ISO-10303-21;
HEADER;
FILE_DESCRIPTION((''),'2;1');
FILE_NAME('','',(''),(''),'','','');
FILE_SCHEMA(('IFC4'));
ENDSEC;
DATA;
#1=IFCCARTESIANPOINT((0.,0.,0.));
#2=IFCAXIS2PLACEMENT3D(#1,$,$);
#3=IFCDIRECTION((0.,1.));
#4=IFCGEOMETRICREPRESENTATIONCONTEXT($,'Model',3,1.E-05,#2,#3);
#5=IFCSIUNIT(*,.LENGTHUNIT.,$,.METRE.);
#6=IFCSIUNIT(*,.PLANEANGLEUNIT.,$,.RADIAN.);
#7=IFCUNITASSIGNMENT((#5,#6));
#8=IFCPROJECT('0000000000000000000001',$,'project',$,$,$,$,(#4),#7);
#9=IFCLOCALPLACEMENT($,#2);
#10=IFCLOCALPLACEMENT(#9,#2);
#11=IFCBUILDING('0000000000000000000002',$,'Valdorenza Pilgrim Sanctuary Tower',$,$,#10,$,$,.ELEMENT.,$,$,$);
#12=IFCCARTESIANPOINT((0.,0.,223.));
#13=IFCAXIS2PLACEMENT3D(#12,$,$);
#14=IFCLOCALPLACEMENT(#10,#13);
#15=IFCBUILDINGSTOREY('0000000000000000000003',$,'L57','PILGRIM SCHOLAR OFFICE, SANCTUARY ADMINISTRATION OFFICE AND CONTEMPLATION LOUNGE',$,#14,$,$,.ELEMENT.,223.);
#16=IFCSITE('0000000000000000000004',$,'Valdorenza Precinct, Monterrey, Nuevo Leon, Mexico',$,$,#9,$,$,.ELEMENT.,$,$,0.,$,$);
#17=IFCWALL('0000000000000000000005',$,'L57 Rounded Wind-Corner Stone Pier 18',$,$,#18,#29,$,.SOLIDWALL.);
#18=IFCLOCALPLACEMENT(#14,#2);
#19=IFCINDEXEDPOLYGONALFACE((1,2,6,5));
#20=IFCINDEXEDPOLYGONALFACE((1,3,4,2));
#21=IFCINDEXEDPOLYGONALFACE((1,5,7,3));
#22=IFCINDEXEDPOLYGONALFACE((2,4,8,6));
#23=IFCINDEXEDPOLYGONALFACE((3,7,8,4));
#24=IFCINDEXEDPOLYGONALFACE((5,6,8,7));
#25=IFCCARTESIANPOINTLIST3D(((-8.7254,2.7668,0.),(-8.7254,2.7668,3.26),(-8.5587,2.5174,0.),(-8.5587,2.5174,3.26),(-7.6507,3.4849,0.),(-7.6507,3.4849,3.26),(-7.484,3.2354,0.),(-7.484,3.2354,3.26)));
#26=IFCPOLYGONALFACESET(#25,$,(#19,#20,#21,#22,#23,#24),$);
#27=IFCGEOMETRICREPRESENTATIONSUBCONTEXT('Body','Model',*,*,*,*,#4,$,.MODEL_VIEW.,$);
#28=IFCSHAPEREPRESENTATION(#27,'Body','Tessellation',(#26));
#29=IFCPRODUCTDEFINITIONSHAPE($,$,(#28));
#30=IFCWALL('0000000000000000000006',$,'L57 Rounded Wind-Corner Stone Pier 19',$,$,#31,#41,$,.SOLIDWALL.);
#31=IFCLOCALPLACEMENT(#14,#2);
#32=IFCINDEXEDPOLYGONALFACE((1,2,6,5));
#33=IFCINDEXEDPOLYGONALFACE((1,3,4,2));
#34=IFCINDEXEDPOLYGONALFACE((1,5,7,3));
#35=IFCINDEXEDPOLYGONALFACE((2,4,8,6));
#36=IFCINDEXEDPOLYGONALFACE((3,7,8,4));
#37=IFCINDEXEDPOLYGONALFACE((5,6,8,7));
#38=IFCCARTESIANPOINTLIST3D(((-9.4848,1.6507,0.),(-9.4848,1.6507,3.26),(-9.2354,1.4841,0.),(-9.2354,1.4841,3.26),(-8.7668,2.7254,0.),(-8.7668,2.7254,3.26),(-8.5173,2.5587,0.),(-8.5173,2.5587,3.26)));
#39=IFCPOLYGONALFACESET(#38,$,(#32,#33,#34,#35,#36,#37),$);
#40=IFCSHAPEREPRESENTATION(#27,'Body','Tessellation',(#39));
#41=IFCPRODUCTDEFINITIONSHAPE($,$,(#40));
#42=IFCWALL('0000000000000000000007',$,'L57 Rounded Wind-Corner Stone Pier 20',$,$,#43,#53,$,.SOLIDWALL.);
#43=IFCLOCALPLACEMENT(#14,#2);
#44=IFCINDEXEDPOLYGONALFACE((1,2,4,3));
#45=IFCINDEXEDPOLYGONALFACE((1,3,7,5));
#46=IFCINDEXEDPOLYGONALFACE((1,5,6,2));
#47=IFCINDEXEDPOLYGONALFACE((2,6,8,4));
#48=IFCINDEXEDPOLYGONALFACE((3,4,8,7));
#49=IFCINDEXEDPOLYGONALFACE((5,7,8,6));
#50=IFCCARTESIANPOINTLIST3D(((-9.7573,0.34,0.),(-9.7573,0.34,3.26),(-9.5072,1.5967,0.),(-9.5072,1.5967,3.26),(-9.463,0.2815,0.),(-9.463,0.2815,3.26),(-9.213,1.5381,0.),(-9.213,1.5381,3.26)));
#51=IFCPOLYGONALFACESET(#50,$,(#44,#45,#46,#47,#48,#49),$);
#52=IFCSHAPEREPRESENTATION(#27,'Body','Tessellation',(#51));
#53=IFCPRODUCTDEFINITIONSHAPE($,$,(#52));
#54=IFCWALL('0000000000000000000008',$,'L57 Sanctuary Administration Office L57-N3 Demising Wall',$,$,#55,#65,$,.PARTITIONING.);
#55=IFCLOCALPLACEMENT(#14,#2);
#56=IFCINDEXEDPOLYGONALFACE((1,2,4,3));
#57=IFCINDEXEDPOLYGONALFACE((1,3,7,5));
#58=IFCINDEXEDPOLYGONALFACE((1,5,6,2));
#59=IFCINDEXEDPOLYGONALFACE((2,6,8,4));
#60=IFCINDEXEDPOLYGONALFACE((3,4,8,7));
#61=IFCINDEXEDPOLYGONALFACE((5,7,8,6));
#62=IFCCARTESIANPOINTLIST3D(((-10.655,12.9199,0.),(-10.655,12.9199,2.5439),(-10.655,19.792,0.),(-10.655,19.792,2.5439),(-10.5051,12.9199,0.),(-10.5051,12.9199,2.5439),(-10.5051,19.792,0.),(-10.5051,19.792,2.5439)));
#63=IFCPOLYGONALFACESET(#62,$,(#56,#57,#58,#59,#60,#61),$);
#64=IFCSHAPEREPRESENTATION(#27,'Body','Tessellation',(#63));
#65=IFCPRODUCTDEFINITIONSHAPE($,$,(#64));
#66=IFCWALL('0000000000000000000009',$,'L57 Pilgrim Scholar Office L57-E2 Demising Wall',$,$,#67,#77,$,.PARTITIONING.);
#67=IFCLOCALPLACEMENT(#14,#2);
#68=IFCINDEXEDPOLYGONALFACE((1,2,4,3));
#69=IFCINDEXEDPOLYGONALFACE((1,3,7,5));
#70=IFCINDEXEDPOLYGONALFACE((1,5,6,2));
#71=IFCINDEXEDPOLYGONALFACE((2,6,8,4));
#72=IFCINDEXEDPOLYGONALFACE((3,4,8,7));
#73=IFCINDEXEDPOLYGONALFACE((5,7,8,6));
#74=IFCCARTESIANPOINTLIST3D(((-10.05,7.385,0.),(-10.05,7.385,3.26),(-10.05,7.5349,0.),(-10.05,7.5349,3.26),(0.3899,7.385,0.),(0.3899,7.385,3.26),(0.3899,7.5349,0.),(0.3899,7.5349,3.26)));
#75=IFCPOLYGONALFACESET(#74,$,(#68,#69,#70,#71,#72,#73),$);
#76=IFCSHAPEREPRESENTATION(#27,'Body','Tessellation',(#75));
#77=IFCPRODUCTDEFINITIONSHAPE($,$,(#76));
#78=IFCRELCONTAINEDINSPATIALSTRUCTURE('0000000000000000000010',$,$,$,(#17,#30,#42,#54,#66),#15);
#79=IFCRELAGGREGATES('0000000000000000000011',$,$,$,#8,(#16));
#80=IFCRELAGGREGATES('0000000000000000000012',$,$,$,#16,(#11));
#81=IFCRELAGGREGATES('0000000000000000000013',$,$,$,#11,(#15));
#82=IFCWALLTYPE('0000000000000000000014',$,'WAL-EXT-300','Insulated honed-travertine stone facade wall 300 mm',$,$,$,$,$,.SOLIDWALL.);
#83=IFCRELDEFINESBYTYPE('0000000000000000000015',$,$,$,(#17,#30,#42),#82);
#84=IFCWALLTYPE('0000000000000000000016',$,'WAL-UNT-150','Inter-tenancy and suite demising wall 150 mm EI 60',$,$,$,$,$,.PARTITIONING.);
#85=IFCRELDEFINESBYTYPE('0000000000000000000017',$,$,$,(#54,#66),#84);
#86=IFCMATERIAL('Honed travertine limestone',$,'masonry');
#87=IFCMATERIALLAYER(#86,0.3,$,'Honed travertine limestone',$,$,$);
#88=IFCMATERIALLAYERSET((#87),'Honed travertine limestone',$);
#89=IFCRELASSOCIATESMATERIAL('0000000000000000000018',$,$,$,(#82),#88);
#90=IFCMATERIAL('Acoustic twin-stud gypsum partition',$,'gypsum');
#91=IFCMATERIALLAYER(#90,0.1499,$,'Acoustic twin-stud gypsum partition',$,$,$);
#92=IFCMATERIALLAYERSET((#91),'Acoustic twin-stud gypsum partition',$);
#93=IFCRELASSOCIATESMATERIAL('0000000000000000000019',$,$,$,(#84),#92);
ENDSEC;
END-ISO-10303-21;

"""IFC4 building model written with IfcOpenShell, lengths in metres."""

from ifc_helpers import new_model, si_unit, direction, frame, frame_2d, origin, place, context, subcontext, project, spatial, rectangle, extrude, material, layer, layer_set, type_object, element, save


model = new_model("IFC4")

# Units and contexts
model_context = context("Model", 3, precision=1e-05, world=origin(), true_north=direction((0.0, 1.0)))
body_context = subcontext(model_context, "Body", "Model", "MODEL_VIEW")
ifc_project = project(units=[si_unit("LENGTHUNIT", "METRE"), si_unit("PLANEANGLEUNIT", "RADIAN")], contexts=[model_context])

# Site, building, storey
site_placement = place(None, origin())
site = spatial("IfcSite", under=ifc_project, at=site_placement, Name="Valdorenza Precinct, Monterrey, Nuevo Leon, Mexico", CompositionType="ELEMENT", RefElevation=0.0)
building_placement = place(site_placement, origin())
building = spatial("IfcBuilding", under=site, at=building_placement, Name="Valdorenza Pilgrim Sanctuary Tower", CompositionType="ELEMENT")
storey_placement = place(building_placement, frame((0.0, 0.0, 223.0)))
storey = spatial("IfcBuildingStorey", under=building, at=storey_placement, Name="L57", Description="PILGRIM SCHOLAR OFFICE, SANCTUARY ADMINISTRATION OFFICE AND CONTEMPLATION LOUNGE", CompositionType="ELEMENT", Elevation=223.0)

# Shared definitions
ifc_material_1 = material(Name="Honed travertine limestone", Category="masonry")

# Shared definitions
ifc_material_2 = material(Name="Acoustic twin-stud gypsum partition", Category="gypsum")

# Walls
ifc_layer_1 = layer(ifc_material_1, 0.3, Name="Honed travertine limestone")
ifc_layer_set_1 = layer_set([ifc_layer_1], Name="Honed travertine limestone")
wall_type_1 = type_object("IfcWallType", Name="WAL-EXT-300", Description="Insulated honed-travertine stone facade wall 300 mm", PredefinedType="SOLIDWALL", material=ifc_layer_set_1)
for number, where, z_axis, x_axis, name in (
    (1, (-7.5674, 3.3601, 0.0), (0.0, 0.0, 1.0), (-0.831498, -0.555528, 0.0), "L57 Rounded Wind-Corner Stone Pier 18"),
    (2, (-8.6421, 2.6421, 0.0), (0.0, 0.0, 1.0), (-0.555528, -0.831498, 0.0), "L57 Rounded Wind-Corner Stone Pier 19"),
):
    element("IfcWall", number, at=place(storey_placement, frame(where, z_axis=z_axis, x_axis=x_axis)), inside=storey, type_object=wall_type_1, Name=name, PredefinedType="SOLIDWALL", context=body_context, shape_type="SweptSolid", body=[
        extrude(rectangle(XDim=1.2925, YDim=0.3, at=frame_2d((0.6462, 0.0))), origin(), (0.0, 0.0, 1.0), 3.26),
    ])
wall_1_placement = place(storey_placement, frame((-9.3601, 1.5674, 0.0), z_axis=(0.0, 0.0, 1.0), x_axis=(-0.195127, -0.980778, 0.0)))
element("IfcWall", 3, at=wall_1_placement, inside=storey, type_object=wall_type_1, Name="L57 Rounded Wind-Corner Stone Pier 20", PredefinedType="SOLIDWALL", context=body_context, shape_type="SweptSolid", body=[
    extrude(rectangle(XDim=1.2812, YDim=0.3, at=frame_2d((0.6406, 0.0))), origin(), (0.0, 0.0, 1.0), 3.26),
])
ifc_layer_2 = layer(ifc_material_2, 0.1499, Name="Acoustic twin-stud gypsum partition")
ifc_layer_set_2 = layer_set([ifc_layer_2], Name="Acoustic twin-stud gypsum partition")
wall_type_2 = type_object("IfcWallType", Name="WAL-UNT-150", Description="Inter-tenancy and suite demising wall 150 mm EI 60", PredefinedType="PARTITIONING", material=ifc_layer_set_2)
wall_2_placement = place(storey_placement, frame((-10.5801, 12.9199, 0.0), z_axis=(0.0, 0.0, 1.0), x_axis=(0.0, 1.0, 0.0)))
element("IfcWall", 4, at=wall_2_placement, inside=storey, type_object=wall_type_2, Name="L57 Sanctuary Administration Office L57-N3 Demising Wall", PredefinedType="PARTITIONING", context=body_context, shape_type="SweptSolid", body=[
    extrude(rectangle(XDim=6.8721, YDim=0.1499, at=frame_2d((3.436, 0.0))), origin(), (0.0, 0.0, 1.0), 2.5439),
])
wall_3_placement = place(storey_placement, frame((-10.05, 7.46, 0.0), z_axis=(0.0, 0.0, 1.0), x_axis=(1.0, 0.0, 0.0)))
element("IfcWall", 5, at=wall_3_placement, inside=storey, type_object=wall_type_2, Name="L57 Pilgrim Scholar Office L57-E2 Demising Wall", PredefinedType="PARTITIONING", context=body_context, shape_type="SweptSolid", body=[
    extrude(rectangle(XDim=10.4399, YDim=0.1499, at=frame_2d((5.22, 0.0))), origin(), (0.0, 0.0, 1.0), 3.26),
])

save(model, "model.ifc")
